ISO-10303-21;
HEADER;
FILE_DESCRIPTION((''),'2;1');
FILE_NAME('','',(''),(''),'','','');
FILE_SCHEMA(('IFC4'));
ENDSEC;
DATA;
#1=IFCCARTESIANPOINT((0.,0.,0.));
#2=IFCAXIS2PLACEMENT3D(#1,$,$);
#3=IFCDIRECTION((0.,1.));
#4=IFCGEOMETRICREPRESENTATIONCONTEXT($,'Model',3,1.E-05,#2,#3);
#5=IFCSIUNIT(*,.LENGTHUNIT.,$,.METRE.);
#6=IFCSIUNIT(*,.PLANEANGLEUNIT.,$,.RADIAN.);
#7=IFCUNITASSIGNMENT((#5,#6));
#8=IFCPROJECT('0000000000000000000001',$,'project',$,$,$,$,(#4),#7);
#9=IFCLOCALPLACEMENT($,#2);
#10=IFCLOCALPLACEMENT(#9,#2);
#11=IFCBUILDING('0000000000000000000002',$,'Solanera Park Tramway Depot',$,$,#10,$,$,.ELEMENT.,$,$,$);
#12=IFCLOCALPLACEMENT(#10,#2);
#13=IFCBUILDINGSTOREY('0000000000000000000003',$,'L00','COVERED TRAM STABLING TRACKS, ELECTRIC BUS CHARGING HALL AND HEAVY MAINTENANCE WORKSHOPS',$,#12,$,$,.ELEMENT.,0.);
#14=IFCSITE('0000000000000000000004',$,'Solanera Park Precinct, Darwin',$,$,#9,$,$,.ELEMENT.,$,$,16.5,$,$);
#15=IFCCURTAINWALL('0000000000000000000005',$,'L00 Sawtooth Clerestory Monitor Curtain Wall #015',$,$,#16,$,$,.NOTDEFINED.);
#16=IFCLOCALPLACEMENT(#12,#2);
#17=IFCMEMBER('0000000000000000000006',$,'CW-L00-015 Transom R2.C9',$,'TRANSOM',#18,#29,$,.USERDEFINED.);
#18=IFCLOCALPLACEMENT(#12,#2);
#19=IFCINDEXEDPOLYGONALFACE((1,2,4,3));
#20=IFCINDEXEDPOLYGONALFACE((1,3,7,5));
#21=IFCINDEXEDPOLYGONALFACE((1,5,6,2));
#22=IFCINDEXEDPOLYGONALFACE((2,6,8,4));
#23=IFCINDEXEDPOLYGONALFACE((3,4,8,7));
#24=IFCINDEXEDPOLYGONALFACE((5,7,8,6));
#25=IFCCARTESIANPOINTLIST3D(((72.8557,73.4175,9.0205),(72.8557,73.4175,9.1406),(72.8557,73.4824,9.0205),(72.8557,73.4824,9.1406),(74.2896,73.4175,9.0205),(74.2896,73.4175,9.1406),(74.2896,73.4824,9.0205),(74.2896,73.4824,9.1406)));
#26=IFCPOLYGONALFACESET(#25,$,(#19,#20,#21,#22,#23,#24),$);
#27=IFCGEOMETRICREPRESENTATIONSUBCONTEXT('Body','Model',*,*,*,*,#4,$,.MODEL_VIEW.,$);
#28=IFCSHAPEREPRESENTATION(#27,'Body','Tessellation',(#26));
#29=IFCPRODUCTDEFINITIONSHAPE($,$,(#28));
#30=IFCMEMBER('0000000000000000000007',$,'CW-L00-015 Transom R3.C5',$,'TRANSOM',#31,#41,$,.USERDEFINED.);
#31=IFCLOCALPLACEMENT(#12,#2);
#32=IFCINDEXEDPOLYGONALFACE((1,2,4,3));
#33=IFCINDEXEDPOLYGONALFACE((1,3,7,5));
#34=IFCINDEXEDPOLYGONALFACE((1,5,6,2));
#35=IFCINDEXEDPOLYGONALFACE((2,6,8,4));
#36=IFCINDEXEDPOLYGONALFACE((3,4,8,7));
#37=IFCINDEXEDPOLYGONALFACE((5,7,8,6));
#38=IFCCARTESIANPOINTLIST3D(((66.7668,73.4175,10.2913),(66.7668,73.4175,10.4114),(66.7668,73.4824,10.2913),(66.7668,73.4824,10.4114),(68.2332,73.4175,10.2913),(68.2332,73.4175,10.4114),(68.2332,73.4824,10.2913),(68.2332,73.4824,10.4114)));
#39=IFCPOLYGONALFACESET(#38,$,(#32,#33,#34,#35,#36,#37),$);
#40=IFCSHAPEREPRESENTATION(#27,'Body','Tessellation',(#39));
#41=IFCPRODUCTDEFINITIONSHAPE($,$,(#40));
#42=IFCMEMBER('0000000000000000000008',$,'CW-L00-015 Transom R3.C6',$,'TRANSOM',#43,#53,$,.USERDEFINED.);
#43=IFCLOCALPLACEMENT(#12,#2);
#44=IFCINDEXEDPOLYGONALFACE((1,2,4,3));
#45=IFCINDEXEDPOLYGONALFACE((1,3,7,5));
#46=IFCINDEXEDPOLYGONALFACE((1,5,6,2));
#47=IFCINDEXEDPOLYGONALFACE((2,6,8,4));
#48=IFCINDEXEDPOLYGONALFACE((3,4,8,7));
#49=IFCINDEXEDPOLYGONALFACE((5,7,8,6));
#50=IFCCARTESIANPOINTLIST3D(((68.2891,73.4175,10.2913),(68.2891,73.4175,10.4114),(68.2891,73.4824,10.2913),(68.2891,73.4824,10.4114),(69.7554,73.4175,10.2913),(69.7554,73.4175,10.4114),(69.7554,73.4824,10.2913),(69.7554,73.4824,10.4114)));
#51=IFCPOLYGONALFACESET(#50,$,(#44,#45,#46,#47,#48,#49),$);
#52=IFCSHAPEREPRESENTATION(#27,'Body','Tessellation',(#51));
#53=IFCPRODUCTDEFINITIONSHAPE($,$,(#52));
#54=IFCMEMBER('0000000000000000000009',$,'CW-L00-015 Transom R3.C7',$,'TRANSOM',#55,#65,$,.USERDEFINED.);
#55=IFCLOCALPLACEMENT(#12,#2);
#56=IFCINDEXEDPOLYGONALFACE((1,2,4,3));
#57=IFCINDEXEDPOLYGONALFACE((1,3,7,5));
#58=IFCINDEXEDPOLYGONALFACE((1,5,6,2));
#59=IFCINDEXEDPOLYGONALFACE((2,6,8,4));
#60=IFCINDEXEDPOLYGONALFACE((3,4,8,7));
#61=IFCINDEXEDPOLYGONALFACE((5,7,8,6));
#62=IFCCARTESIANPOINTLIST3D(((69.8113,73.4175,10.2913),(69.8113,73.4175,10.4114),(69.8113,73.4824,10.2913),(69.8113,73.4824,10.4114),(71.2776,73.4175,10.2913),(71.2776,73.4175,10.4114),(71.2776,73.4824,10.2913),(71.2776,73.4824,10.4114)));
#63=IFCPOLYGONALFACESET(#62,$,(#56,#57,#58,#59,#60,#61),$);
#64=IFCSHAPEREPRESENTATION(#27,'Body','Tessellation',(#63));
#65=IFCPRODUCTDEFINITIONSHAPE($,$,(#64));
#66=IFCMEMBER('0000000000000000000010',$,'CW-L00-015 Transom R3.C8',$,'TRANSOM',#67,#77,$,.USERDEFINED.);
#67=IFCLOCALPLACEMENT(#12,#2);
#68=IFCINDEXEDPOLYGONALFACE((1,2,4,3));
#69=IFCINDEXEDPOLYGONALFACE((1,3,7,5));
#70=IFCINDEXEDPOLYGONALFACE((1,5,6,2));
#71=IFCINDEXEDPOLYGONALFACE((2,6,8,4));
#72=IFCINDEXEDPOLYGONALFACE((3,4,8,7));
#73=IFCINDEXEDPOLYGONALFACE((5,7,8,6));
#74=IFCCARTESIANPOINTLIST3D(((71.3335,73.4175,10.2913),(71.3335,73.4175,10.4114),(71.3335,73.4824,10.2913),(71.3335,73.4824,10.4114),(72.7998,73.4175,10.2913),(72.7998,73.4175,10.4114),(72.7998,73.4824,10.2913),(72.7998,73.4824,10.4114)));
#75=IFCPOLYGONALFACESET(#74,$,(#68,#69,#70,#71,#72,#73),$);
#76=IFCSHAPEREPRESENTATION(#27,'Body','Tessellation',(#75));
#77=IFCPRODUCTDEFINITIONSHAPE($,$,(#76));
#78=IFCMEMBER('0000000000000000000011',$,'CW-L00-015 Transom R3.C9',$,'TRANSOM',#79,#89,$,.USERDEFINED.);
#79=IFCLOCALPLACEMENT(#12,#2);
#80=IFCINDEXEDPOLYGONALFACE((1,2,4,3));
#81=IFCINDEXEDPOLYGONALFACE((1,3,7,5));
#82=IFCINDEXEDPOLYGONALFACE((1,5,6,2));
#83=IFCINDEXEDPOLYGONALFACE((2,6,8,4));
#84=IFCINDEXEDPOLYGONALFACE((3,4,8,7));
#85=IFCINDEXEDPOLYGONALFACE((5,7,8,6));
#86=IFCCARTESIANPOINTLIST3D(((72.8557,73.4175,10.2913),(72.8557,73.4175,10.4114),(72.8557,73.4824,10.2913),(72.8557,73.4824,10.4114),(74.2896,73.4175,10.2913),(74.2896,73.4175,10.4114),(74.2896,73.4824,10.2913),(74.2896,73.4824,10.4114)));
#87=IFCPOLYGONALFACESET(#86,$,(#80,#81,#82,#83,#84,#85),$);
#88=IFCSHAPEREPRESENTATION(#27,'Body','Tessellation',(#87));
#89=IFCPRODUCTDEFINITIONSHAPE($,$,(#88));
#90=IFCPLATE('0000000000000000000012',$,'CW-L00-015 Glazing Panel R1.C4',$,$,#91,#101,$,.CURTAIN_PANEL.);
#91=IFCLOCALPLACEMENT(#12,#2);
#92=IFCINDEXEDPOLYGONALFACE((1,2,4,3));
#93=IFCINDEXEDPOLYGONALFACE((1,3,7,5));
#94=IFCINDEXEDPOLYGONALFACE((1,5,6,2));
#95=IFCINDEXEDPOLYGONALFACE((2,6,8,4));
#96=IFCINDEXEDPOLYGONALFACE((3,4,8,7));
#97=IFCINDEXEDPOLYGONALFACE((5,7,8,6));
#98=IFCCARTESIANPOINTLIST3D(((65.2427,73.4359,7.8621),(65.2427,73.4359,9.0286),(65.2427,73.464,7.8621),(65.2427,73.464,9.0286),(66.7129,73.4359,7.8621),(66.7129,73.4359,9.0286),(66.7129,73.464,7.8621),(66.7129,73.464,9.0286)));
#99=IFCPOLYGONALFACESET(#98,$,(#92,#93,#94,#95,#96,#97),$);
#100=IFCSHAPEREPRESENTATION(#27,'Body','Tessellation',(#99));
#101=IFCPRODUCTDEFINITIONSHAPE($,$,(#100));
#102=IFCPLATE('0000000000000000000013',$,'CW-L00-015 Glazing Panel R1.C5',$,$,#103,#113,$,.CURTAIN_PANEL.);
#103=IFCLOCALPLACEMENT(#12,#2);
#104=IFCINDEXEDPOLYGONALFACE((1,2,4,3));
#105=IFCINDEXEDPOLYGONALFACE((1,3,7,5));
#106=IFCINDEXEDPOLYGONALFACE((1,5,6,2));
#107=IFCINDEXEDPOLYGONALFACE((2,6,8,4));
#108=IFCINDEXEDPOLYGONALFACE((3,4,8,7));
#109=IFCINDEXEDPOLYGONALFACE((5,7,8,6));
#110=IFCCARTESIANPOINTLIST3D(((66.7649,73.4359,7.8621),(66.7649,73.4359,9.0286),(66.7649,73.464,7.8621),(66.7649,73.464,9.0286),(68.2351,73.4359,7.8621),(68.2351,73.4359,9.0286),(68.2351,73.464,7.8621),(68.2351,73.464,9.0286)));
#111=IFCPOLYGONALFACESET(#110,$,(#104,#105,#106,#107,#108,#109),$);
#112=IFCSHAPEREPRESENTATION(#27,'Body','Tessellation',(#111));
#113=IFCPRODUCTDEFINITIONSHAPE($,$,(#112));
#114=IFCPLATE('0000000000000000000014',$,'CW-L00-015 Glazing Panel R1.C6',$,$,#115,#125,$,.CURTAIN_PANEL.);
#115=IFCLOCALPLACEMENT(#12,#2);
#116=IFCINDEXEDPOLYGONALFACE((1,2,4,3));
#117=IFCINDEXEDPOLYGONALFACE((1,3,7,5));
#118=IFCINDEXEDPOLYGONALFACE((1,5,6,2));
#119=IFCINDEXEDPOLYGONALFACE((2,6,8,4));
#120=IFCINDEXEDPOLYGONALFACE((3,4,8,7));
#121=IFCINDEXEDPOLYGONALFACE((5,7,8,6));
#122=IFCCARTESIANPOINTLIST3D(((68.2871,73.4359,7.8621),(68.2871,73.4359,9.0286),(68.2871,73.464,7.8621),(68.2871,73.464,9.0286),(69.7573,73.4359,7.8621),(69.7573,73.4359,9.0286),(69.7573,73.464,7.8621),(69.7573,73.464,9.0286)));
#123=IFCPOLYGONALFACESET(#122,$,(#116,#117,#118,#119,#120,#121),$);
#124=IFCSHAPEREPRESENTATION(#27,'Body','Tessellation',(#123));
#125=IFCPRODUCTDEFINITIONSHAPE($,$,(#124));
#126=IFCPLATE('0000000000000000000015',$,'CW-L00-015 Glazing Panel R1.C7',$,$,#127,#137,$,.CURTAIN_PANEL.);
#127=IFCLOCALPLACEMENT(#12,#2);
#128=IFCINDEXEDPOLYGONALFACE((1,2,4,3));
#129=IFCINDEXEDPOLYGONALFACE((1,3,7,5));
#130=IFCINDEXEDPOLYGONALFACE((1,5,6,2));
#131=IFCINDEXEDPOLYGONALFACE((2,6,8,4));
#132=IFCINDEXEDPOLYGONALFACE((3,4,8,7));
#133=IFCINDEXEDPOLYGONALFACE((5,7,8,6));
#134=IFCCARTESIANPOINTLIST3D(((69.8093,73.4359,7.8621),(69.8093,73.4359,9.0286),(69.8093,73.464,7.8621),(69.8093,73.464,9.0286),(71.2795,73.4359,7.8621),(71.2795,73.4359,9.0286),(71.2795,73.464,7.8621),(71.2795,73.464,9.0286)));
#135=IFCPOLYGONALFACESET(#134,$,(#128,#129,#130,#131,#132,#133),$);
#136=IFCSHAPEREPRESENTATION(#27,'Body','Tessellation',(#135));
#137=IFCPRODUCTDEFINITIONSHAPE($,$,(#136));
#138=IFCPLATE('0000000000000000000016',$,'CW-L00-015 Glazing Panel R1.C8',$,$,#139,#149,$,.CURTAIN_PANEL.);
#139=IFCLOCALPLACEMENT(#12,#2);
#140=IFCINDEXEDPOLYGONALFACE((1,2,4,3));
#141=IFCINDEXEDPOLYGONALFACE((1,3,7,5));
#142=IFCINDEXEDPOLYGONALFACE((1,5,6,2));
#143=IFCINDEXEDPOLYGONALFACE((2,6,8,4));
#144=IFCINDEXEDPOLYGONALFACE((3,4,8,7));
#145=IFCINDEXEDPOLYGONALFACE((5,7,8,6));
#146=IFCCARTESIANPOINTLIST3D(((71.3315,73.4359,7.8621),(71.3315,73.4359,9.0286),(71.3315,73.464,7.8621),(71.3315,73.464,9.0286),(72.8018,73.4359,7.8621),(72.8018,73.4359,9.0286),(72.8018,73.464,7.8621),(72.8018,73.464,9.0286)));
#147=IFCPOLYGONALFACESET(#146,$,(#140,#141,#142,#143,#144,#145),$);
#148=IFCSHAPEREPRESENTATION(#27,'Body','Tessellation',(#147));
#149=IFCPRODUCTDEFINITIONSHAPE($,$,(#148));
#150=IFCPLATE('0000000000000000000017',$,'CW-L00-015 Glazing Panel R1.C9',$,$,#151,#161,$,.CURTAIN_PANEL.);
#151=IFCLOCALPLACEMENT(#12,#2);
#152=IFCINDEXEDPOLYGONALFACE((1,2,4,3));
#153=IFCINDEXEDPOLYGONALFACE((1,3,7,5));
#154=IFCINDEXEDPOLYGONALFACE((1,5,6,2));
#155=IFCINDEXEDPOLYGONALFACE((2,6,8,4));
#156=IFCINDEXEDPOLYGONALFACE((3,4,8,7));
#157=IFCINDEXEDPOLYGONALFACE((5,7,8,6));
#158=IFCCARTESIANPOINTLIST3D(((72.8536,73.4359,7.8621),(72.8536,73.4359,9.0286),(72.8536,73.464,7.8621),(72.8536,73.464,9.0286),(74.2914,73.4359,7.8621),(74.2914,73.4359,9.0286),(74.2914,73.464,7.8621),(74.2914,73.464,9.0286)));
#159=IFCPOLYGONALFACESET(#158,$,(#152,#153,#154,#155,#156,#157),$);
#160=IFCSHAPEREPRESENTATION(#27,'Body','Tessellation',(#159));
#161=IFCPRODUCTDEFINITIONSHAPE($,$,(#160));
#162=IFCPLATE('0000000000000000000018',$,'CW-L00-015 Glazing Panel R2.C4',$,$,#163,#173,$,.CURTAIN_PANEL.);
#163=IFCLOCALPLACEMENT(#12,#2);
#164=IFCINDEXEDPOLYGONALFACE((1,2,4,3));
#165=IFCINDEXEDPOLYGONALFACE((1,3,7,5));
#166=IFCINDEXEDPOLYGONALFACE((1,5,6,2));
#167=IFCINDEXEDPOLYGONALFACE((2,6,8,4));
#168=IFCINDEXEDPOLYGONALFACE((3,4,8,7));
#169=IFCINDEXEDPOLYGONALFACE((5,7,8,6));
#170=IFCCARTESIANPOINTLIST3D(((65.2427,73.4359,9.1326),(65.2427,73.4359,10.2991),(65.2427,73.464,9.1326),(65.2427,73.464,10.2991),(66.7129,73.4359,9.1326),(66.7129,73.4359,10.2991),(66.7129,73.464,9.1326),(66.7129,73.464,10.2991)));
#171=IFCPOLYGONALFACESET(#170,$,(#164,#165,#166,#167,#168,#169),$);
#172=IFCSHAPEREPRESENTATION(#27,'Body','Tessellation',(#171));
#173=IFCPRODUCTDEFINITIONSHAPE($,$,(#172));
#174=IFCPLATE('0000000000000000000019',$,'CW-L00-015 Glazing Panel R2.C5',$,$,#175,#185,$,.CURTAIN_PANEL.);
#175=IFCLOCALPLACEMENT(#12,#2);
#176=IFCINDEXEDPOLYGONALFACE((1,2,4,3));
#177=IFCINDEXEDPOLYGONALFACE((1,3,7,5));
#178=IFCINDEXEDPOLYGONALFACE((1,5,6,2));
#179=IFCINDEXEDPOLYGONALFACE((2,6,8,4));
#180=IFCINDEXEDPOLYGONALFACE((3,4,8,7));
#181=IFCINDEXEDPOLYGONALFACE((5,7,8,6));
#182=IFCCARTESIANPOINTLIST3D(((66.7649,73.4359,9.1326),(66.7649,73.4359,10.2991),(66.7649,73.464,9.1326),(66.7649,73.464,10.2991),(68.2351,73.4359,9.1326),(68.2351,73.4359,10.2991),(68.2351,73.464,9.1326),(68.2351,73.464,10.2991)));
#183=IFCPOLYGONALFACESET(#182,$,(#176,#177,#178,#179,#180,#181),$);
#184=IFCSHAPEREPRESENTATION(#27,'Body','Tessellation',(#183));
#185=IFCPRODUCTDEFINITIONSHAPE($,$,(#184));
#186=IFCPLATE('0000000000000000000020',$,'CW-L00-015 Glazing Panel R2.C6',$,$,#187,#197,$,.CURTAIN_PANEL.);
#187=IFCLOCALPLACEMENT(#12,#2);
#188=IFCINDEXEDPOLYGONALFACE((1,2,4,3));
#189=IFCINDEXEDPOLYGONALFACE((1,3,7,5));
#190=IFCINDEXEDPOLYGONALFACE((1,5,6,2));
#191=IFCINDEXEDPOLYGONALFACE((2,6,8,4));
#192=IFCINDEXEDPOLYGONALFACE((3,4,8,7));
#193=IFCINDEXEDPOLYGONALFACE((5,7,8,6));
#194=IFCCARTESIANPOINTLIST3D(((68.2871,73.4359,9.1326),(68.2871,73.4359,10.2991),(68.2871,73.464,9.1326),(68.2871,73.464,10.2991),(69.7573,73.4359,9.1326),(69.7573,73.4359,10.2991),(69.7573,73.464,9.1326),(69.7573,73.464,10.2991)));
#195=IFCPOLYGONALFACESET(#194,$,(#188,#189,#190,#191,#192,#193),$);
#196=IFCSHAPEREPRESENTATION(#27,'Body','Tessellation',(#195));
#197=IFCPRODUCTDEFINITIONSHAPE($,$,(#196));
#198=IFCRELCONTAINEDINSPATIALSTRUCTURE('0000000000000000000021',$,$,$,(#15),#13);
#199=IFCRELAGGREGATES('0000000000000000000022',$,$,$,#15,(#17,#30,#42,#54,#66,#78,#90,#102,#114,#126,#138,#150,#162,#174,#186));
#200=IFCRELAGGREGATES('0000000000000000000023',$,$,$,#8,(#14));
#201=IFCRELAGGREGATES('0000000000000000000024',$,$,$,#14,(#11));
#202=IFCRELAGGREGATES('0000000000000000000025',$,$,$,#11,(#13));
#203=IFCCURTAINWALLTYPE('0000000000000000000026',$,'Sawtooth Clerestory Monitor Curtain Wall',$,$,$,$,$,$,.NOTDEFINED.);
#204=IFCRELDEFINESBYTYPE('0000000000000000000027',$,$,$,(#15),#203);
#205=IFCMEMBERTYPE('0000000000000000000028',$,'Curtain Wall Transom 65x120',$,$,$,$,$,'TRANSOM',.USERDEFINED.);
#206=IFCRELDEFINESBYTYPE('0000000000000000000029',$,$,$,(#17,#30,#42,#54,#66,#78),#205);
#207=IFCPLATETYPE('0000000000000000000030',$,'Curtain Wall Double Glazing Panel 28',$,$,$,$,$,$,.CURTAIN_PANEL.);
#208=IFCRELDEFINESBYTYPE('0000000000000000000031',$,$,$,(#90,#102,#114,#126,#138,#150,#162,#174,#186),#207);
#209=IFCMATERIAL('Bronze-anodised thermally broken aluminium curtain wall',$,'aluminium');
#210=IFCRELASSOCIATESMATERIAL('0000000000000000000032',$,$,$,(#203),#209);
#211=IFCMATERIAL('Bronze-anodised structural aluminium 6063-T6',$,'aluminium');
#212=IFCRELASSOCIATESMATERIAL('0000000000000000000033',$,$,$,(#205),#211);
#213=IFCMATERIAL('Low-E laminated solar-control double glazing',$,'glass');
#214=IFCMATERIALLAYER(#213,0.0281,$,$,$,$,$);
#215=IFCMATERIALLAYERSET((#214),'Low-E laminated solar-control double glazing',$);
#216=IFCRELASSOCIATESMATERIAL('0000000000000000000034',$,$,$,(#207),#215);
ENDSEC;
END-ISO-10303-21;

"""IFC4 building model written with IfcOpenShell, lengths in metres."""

from ifc_helpers import new_model, si_unit, direction, frame, origin, origin_2d, place, context, subcontext, project, spatial, rectangle, extrude, material, layer, layer_set, material_profile, profile_set, type_object, element, aggregate, save


model = new_model("IFC4")

# Units and contexts
model_context = context("Model", 3, precision=1e-05, world=origin(), true_north=direction((0.0, 1.0)))
body_context = subcontext(model_context, "Body", "Model", "MODEL_VIEW")
ifc_project = project(units=[si_unit("LENGTHUNIT", "METRE"), si_unit("PLANEANGLEUNIT", "RADIAN")], contexts=[model_context])

# Site, building, storey
site_placement = place(None, origin())
site = spatial("IfcSite", under=ifc_project, at=site_placement, Name="Solanera Park Precinct, Darwin", CompositionType="ELEMENT", RefElevation=16.5)
building_placement = place(site_placement, origin())
building = spatial("IfcBuilding", under=site, at=building_placement, Name="Solanera Park Tramway Depot", CompositionType="ELEMENT")
storey_placement = place(building_placement, origin())
storey = spatial("IfcBuildingStorey", under=building, at=storey_placement, Name="L00", Description="COVERED TRAM STABLING TRACKS, ELECTRIC BUS CHARGING HALL AND HEAVY MAINTENANCE WORKSHOPS", CompositionType="ELEMENT", Elevation=0.0)

# Curtain wall, members, plates
ifc_material_1 = material(Name="Bronze-anodised thermally broken aluminium curtain wall", Category="aluminium")
curtain_wall_type = type_object("IfcCurtainWallType", Name="Sawtooth Clerestory Monitor Curtain Wall", PredefinedType="NOTDEFINED", material=ifc_material_1)
curtain_wall_placement = place(storey_placement, origin())
curtain_wall = element("IfcCurtainWall", 1, at=curtain_wall_placement, inside=storey, type_object=curtain_wall_type, Name="L00 Sawtooth Clerestory Monitor Curtain Wall #015", PredefinedType="NOTDEFINED")
ifc_material_2 = material(Name="Bronze-anodised structural aluminium 6063-T6", Category="aluminium")
ifc_material_profile_1 = material_profile(ifc_material_2, rectangle(XDim=0.0649, YDim=0.1201, at=origin_2d()), Name="Curtain Wall Transom 65x120")
ifc_profile_set_1 = profile_set([ifc_material_profile_1], Name="Bronze-anodised structural aluminium 6063-T6")
member_type_1 = type_object("IfcMemberType", Name="Curtain Wall Transom 65x120", ElementType="TRANSOM", PredefinedType="USERDEFINED", material=ifc_profile_set_1)
member_1_placement = place(storey_placement, frame((72.8557, 73.45, 9.0806), z_axis=(1.0, 0.0, 0.0), x_axis=(0.0, 1.0, 0.0)))
member_1 = element("IfcMember", 2, at=member_1_placement, type_object=member_type_1, Name="CW-L00-015 Transom R2.C9", ObjectType="TRANSOM", PredefinedType="USERDEFINED", context=body_context, shape_type="SweptSolid", body=[
    extrude(rectangle(XDim=0.0649, YDim=0.1201, at=origin_2d()), origin(), (0.0, 0.0, 1.0), 1.4338),
])
member_2_placement = place(storey_placement, frame((66.7668, 73.45, 10.3513), z_axis=(1.0, 0.0, 0.0), x_axis=(0.0, 1.0, 0.0)))
member_2 = element("IfcMember", 3, at=member_2_placement, type_object=member_type_1, Name="CW-L00-015 Transom R3.C5", ObjectType="TRANSOM", PredefinedType="USERDEFINED", context=body_context, shape_type="SweptSolid", body=[
    extrude(rectangle(XDim=0.0649, YDim=0.1201, at=origin_2d()), origin(), (0.0, 0.0, 1.0), 1.4663),
])
member_3_placement = place(storey_placement, frame((68.2891, 73.45, 10.3513), z_axis=(1.0, 0.0, 0.0), x_axis=(0.0, 1.0, 0.0)))
member_3 = element("IfcMember", 4, at=member_3_placement, type_object=member_type_1, Name="CW-L00-015 Transom R3.C6", ObjectType="TRANSOM", PredefinedType="USERDEFINED", context=body_context, shape_type="SweptSolid", body=[
    extrude(rectangle(XDim=0.0649, YDim=0.1201, at=origin_2d()), origin(), (0.0, 0.0, 1.0), 1.4663),
])
member_4_placement = place(storey_placement, frame((69.8113, 73.45, 10.3513), z_axis=(1.0, 0.0, 0.0), x_axis=(0.0, 1.0, 0.0)))
member_4 = element("IfcMember", 5, at=member_4_placement, type_object=member_type_1, Name="CW-L00-015 Transom R3.C7", ObjectType="TRANSOM", PredefinedType="USERDEFINED", context=body_context, shape_type="SweptSolid", body=[
    extrude(rectangle(XDim=0.0649, YDim=0.1201, at=origin_2d()), origin(), (0.0, 0.0, 1.0), 1.4663),
])
member_5_placement = place(storey_placement, frame((71.3335, 73.45, 10.3513), z_axis=(1.0, 0.0, 0.0), x_axis=(0.0, 1.0, 0.0)))
member_5 = element("IfcMember", 6, at=member_5_placement, type_object=member_type_1, Name="CW-L00-015 Transom R3.C8", ObjectType="TRANSOM", PredefinedType="USERDEFINED", context=body_context, shape_type="SweptSolid", body=[
    extrude(rectangle(XDim=0.0649, YDim=0.1201, at=origin_2d()), origin(), (0.0, 0.0, 1.0), 1.4663),
])
member_6_placement = place(storey_placement, frame((72.8557, 73.45, 10.3513), z_axis=(1.0, 0.0, 0.0), x_axis=(0.0, 1.0, 0.0)))
member_6 = element("IfcMember", 7, at=member_6_placement, type_object=member_type_1, Name="CW-L00-015 Transom R3.C9", ObjectType="TRANSOM", PredefinedType="USERDEFINED", context=body_context, shape_type="SweptSolid", body=[
    extrude(rectangle(XDim=0.0649, YDim=0.1201, at=origin_2d()), origin(), (0.0, 0.0, 1.0), 1.4338),
])
ifc_material_3 = material(Name="Low-E laminated solar-control double glazing", Category="glass")
ifc_layer = layer(ifc_material_3, 0.0281)
ifc_layer_set = layer_set([ifc_layer], Name="Low-E laminated solar-control double glazing")
plate_type = type_object("IfcPlateType", Name="Curtain Wall Double Glazing Panel 28", PredefinedType="CURTAIN_PANEL", material=ifc_layer_set)
plate_1_placement = place(storey_placement, frame((65.9778, 73.45, 7.8621), z_axis=(0.0, 0.0, 1.0), x_axis=(1.0, 0.0, 0.0)))
plate_1 = element("IfcPlate", 8, at=plate_1_placement, type_object=plate_type, Name="CW-L00-015 Glazing Panel R1.C4", PredefinedType="CURTAIN_PANEL", context=body_context, shape_type="SweptSolid", body=[
    extrude(rectangle(XDim=1.4702, YDim=0.0281, at=origin_2d()), origin(), (0.0, 0.0, 1.0), 1.1665),
])
plate_2_placement = place(storey_placement, frame((67.5, 73.45, 7.8621), z_axis=(0.0, 0.0, 1.0), x_axis=(1.0, 0.0, 0.0)))
plate_2 = element("IfcPlate", 9, at=plate_2_placement, type_object=plate_type, Name="CW-L00-015 Glazing Panel R1.C5", PredefinedType="CURTAIN_PANEL", context=body_context, shape_type="SweptSolid", body=[
    extrude(rectangle(XDim=1.4702, YDim=0.0281, at=origin_2d()), origin(), (0.0, 0.0, 1.0), 1.1665),
])
plate_3_placement = place(storey_placement, frame((69.0222, 73.45, 7.8621), z_axis=(0.0, 0.0, 1.0), x_axis=(1.0, 0.0, 0.0)))
plate_3 = element("IfcPlate", 10, at=plate_3_placement, type_object=plate_type, Name="CW-L00-015 Glazing Panel R1.C6", PredefinedType="CURTAIN_PANEL", context=body_context, shape_type="SweptSolid", body=[
    extrude(rectangle(XDim=1.4702, YDim=0.0281, at=origin_2d()), origin(), (0.0, 0.0, 1.0), 1.1665),
])
plate_4_placement = place(storey_placement, frame((70.5444, 73.45, 7.8621), z_axis=(0.0, 0.0, 1.0), x_axis=(1.0, 0.0, 0.0)))
plate_4 = element("IfcPlate", 11, at=plate_4_placement, type_object=plate_type, Name="CW-L00-015 Glazing Panel R1.C7", PredefinedType="CURTAIN_PANEL", context=body_context, shape_type="SweptSolid", body=[
    extrude(rectangle(XDim=1.4702, YDim=0.0281, at=origin_2d()), origin(), (0.0, 0.0, 1.0), 1.1665),
])
plate_5_placement = place(storey_placement, frame((72.0667, 73.45, 7.8621), z_axis=(0.0, 0.0, 1.0), x_axis=(1.0, 0.0, 0.0)))
plate_5 = element("IfcPlate", 12, at=plate_5_placement, type_object=plate_type, Name="CW-L00-015 Glazing Panel R1.C8", PredefinedType="CURTAIN_PANEL", context=body_context, shape_type="SweptSolid", body=[
    extrude(rectangle(XDim=1.4702, YDim=0.0281, at=origin_2d()), origin(), (0.0, 0.0, 1.0), 1.1665),
])
plate_6_placement = place(storey_placement, frame((73.5725, 73.45, 7.8621), z_axis=(0.0, 0.0, 1.0), x_axis=(1.0, 0.0, 0.0)))
plate_6 = element("IfcPlate", 13, at=plate_6_placement, type_object=plate_type, Name="CW-L00-015 Glazing Panel R1.C9", PredefinedType="CURTAIN_PANEL", context=body_context, shape_type="SweptSolid", body=[
    extrude(rectangle(XDim=1.4377, YDim=0.0281, at=origin_2d()), origin(), (0.0, 0.0, 1.0), 1.1665),
])
plate_7_placement = place(storey_placement, frame((65.9778, 73.45, 9.1326), z_axis=(0.0, 0.0, 1.0), x_axis=(1.0, 0.0, 0.0)))
plate_7 = element("IfcPlate", 14, at=plate_7_placement, type_object=plate_type, Name="CW-L00-015 Glazing Panel R2.C4", PredefinedType="CURTAIN_PANEL", context=body_context, shape_type="SweptSolid", body=[
    extrude(rectangle(XDim=1.4702, YDim=0.0281, at=origin_2d()), origin(), (0.0, 0.0, 1.0), 1.1665),
])
plate_8_placement = place(storey_placement, frame((67.5, 73.45, 9.1326), z_axis=(0.0, 0.0, 1.0), x_axis=(1.0, 0.0, 0.0)))
plate_8 = element("IfcPlate", 15, at=plate_8_placement, type_object=plate_type, Name="CW-L00-015 Glazing Panel R2.C5", PredefinedType="CURTAIN_PANEL", context=body_context, shape_type="SweptSolid", body=[
    extrude(rectangle(XDim=1.4702, YDim=0.0281, at=origin_2d()), origin(), (0.0, 0.0, 1.0), 1.1665),
])
plate_9_placement = place(storey_placement, frame((69.0222, 73.45, 9.1326), z_axis=(0.0, 0.0, 1.0), x_axis=(1.0, 0.0, 0.0)))
plate_9 = element("IfcPlate", 16, at=plate_9_placement, type_object=plate_type, Name="CW-L00-015 Glazing Panel R2.C6", PredefinedType="CURTAIN_PANEL", context=body_context, shape_type="SweptSolid", body=[
    extrude(rectangle(XDim=1.4702, YDim=0.0281, at=origin_2d()), origin(), (0.0, 0.0, 1.0), 1.1665),
])
aggregate(curtain_wall, [member_1, member_2, member_3, member_4, member_5, member_6, plate_1, plate_2, plate_3, plate_4, plate_5, plate_6, plate_7, plate_8, plate_9])

save(model, "model.ifc")
